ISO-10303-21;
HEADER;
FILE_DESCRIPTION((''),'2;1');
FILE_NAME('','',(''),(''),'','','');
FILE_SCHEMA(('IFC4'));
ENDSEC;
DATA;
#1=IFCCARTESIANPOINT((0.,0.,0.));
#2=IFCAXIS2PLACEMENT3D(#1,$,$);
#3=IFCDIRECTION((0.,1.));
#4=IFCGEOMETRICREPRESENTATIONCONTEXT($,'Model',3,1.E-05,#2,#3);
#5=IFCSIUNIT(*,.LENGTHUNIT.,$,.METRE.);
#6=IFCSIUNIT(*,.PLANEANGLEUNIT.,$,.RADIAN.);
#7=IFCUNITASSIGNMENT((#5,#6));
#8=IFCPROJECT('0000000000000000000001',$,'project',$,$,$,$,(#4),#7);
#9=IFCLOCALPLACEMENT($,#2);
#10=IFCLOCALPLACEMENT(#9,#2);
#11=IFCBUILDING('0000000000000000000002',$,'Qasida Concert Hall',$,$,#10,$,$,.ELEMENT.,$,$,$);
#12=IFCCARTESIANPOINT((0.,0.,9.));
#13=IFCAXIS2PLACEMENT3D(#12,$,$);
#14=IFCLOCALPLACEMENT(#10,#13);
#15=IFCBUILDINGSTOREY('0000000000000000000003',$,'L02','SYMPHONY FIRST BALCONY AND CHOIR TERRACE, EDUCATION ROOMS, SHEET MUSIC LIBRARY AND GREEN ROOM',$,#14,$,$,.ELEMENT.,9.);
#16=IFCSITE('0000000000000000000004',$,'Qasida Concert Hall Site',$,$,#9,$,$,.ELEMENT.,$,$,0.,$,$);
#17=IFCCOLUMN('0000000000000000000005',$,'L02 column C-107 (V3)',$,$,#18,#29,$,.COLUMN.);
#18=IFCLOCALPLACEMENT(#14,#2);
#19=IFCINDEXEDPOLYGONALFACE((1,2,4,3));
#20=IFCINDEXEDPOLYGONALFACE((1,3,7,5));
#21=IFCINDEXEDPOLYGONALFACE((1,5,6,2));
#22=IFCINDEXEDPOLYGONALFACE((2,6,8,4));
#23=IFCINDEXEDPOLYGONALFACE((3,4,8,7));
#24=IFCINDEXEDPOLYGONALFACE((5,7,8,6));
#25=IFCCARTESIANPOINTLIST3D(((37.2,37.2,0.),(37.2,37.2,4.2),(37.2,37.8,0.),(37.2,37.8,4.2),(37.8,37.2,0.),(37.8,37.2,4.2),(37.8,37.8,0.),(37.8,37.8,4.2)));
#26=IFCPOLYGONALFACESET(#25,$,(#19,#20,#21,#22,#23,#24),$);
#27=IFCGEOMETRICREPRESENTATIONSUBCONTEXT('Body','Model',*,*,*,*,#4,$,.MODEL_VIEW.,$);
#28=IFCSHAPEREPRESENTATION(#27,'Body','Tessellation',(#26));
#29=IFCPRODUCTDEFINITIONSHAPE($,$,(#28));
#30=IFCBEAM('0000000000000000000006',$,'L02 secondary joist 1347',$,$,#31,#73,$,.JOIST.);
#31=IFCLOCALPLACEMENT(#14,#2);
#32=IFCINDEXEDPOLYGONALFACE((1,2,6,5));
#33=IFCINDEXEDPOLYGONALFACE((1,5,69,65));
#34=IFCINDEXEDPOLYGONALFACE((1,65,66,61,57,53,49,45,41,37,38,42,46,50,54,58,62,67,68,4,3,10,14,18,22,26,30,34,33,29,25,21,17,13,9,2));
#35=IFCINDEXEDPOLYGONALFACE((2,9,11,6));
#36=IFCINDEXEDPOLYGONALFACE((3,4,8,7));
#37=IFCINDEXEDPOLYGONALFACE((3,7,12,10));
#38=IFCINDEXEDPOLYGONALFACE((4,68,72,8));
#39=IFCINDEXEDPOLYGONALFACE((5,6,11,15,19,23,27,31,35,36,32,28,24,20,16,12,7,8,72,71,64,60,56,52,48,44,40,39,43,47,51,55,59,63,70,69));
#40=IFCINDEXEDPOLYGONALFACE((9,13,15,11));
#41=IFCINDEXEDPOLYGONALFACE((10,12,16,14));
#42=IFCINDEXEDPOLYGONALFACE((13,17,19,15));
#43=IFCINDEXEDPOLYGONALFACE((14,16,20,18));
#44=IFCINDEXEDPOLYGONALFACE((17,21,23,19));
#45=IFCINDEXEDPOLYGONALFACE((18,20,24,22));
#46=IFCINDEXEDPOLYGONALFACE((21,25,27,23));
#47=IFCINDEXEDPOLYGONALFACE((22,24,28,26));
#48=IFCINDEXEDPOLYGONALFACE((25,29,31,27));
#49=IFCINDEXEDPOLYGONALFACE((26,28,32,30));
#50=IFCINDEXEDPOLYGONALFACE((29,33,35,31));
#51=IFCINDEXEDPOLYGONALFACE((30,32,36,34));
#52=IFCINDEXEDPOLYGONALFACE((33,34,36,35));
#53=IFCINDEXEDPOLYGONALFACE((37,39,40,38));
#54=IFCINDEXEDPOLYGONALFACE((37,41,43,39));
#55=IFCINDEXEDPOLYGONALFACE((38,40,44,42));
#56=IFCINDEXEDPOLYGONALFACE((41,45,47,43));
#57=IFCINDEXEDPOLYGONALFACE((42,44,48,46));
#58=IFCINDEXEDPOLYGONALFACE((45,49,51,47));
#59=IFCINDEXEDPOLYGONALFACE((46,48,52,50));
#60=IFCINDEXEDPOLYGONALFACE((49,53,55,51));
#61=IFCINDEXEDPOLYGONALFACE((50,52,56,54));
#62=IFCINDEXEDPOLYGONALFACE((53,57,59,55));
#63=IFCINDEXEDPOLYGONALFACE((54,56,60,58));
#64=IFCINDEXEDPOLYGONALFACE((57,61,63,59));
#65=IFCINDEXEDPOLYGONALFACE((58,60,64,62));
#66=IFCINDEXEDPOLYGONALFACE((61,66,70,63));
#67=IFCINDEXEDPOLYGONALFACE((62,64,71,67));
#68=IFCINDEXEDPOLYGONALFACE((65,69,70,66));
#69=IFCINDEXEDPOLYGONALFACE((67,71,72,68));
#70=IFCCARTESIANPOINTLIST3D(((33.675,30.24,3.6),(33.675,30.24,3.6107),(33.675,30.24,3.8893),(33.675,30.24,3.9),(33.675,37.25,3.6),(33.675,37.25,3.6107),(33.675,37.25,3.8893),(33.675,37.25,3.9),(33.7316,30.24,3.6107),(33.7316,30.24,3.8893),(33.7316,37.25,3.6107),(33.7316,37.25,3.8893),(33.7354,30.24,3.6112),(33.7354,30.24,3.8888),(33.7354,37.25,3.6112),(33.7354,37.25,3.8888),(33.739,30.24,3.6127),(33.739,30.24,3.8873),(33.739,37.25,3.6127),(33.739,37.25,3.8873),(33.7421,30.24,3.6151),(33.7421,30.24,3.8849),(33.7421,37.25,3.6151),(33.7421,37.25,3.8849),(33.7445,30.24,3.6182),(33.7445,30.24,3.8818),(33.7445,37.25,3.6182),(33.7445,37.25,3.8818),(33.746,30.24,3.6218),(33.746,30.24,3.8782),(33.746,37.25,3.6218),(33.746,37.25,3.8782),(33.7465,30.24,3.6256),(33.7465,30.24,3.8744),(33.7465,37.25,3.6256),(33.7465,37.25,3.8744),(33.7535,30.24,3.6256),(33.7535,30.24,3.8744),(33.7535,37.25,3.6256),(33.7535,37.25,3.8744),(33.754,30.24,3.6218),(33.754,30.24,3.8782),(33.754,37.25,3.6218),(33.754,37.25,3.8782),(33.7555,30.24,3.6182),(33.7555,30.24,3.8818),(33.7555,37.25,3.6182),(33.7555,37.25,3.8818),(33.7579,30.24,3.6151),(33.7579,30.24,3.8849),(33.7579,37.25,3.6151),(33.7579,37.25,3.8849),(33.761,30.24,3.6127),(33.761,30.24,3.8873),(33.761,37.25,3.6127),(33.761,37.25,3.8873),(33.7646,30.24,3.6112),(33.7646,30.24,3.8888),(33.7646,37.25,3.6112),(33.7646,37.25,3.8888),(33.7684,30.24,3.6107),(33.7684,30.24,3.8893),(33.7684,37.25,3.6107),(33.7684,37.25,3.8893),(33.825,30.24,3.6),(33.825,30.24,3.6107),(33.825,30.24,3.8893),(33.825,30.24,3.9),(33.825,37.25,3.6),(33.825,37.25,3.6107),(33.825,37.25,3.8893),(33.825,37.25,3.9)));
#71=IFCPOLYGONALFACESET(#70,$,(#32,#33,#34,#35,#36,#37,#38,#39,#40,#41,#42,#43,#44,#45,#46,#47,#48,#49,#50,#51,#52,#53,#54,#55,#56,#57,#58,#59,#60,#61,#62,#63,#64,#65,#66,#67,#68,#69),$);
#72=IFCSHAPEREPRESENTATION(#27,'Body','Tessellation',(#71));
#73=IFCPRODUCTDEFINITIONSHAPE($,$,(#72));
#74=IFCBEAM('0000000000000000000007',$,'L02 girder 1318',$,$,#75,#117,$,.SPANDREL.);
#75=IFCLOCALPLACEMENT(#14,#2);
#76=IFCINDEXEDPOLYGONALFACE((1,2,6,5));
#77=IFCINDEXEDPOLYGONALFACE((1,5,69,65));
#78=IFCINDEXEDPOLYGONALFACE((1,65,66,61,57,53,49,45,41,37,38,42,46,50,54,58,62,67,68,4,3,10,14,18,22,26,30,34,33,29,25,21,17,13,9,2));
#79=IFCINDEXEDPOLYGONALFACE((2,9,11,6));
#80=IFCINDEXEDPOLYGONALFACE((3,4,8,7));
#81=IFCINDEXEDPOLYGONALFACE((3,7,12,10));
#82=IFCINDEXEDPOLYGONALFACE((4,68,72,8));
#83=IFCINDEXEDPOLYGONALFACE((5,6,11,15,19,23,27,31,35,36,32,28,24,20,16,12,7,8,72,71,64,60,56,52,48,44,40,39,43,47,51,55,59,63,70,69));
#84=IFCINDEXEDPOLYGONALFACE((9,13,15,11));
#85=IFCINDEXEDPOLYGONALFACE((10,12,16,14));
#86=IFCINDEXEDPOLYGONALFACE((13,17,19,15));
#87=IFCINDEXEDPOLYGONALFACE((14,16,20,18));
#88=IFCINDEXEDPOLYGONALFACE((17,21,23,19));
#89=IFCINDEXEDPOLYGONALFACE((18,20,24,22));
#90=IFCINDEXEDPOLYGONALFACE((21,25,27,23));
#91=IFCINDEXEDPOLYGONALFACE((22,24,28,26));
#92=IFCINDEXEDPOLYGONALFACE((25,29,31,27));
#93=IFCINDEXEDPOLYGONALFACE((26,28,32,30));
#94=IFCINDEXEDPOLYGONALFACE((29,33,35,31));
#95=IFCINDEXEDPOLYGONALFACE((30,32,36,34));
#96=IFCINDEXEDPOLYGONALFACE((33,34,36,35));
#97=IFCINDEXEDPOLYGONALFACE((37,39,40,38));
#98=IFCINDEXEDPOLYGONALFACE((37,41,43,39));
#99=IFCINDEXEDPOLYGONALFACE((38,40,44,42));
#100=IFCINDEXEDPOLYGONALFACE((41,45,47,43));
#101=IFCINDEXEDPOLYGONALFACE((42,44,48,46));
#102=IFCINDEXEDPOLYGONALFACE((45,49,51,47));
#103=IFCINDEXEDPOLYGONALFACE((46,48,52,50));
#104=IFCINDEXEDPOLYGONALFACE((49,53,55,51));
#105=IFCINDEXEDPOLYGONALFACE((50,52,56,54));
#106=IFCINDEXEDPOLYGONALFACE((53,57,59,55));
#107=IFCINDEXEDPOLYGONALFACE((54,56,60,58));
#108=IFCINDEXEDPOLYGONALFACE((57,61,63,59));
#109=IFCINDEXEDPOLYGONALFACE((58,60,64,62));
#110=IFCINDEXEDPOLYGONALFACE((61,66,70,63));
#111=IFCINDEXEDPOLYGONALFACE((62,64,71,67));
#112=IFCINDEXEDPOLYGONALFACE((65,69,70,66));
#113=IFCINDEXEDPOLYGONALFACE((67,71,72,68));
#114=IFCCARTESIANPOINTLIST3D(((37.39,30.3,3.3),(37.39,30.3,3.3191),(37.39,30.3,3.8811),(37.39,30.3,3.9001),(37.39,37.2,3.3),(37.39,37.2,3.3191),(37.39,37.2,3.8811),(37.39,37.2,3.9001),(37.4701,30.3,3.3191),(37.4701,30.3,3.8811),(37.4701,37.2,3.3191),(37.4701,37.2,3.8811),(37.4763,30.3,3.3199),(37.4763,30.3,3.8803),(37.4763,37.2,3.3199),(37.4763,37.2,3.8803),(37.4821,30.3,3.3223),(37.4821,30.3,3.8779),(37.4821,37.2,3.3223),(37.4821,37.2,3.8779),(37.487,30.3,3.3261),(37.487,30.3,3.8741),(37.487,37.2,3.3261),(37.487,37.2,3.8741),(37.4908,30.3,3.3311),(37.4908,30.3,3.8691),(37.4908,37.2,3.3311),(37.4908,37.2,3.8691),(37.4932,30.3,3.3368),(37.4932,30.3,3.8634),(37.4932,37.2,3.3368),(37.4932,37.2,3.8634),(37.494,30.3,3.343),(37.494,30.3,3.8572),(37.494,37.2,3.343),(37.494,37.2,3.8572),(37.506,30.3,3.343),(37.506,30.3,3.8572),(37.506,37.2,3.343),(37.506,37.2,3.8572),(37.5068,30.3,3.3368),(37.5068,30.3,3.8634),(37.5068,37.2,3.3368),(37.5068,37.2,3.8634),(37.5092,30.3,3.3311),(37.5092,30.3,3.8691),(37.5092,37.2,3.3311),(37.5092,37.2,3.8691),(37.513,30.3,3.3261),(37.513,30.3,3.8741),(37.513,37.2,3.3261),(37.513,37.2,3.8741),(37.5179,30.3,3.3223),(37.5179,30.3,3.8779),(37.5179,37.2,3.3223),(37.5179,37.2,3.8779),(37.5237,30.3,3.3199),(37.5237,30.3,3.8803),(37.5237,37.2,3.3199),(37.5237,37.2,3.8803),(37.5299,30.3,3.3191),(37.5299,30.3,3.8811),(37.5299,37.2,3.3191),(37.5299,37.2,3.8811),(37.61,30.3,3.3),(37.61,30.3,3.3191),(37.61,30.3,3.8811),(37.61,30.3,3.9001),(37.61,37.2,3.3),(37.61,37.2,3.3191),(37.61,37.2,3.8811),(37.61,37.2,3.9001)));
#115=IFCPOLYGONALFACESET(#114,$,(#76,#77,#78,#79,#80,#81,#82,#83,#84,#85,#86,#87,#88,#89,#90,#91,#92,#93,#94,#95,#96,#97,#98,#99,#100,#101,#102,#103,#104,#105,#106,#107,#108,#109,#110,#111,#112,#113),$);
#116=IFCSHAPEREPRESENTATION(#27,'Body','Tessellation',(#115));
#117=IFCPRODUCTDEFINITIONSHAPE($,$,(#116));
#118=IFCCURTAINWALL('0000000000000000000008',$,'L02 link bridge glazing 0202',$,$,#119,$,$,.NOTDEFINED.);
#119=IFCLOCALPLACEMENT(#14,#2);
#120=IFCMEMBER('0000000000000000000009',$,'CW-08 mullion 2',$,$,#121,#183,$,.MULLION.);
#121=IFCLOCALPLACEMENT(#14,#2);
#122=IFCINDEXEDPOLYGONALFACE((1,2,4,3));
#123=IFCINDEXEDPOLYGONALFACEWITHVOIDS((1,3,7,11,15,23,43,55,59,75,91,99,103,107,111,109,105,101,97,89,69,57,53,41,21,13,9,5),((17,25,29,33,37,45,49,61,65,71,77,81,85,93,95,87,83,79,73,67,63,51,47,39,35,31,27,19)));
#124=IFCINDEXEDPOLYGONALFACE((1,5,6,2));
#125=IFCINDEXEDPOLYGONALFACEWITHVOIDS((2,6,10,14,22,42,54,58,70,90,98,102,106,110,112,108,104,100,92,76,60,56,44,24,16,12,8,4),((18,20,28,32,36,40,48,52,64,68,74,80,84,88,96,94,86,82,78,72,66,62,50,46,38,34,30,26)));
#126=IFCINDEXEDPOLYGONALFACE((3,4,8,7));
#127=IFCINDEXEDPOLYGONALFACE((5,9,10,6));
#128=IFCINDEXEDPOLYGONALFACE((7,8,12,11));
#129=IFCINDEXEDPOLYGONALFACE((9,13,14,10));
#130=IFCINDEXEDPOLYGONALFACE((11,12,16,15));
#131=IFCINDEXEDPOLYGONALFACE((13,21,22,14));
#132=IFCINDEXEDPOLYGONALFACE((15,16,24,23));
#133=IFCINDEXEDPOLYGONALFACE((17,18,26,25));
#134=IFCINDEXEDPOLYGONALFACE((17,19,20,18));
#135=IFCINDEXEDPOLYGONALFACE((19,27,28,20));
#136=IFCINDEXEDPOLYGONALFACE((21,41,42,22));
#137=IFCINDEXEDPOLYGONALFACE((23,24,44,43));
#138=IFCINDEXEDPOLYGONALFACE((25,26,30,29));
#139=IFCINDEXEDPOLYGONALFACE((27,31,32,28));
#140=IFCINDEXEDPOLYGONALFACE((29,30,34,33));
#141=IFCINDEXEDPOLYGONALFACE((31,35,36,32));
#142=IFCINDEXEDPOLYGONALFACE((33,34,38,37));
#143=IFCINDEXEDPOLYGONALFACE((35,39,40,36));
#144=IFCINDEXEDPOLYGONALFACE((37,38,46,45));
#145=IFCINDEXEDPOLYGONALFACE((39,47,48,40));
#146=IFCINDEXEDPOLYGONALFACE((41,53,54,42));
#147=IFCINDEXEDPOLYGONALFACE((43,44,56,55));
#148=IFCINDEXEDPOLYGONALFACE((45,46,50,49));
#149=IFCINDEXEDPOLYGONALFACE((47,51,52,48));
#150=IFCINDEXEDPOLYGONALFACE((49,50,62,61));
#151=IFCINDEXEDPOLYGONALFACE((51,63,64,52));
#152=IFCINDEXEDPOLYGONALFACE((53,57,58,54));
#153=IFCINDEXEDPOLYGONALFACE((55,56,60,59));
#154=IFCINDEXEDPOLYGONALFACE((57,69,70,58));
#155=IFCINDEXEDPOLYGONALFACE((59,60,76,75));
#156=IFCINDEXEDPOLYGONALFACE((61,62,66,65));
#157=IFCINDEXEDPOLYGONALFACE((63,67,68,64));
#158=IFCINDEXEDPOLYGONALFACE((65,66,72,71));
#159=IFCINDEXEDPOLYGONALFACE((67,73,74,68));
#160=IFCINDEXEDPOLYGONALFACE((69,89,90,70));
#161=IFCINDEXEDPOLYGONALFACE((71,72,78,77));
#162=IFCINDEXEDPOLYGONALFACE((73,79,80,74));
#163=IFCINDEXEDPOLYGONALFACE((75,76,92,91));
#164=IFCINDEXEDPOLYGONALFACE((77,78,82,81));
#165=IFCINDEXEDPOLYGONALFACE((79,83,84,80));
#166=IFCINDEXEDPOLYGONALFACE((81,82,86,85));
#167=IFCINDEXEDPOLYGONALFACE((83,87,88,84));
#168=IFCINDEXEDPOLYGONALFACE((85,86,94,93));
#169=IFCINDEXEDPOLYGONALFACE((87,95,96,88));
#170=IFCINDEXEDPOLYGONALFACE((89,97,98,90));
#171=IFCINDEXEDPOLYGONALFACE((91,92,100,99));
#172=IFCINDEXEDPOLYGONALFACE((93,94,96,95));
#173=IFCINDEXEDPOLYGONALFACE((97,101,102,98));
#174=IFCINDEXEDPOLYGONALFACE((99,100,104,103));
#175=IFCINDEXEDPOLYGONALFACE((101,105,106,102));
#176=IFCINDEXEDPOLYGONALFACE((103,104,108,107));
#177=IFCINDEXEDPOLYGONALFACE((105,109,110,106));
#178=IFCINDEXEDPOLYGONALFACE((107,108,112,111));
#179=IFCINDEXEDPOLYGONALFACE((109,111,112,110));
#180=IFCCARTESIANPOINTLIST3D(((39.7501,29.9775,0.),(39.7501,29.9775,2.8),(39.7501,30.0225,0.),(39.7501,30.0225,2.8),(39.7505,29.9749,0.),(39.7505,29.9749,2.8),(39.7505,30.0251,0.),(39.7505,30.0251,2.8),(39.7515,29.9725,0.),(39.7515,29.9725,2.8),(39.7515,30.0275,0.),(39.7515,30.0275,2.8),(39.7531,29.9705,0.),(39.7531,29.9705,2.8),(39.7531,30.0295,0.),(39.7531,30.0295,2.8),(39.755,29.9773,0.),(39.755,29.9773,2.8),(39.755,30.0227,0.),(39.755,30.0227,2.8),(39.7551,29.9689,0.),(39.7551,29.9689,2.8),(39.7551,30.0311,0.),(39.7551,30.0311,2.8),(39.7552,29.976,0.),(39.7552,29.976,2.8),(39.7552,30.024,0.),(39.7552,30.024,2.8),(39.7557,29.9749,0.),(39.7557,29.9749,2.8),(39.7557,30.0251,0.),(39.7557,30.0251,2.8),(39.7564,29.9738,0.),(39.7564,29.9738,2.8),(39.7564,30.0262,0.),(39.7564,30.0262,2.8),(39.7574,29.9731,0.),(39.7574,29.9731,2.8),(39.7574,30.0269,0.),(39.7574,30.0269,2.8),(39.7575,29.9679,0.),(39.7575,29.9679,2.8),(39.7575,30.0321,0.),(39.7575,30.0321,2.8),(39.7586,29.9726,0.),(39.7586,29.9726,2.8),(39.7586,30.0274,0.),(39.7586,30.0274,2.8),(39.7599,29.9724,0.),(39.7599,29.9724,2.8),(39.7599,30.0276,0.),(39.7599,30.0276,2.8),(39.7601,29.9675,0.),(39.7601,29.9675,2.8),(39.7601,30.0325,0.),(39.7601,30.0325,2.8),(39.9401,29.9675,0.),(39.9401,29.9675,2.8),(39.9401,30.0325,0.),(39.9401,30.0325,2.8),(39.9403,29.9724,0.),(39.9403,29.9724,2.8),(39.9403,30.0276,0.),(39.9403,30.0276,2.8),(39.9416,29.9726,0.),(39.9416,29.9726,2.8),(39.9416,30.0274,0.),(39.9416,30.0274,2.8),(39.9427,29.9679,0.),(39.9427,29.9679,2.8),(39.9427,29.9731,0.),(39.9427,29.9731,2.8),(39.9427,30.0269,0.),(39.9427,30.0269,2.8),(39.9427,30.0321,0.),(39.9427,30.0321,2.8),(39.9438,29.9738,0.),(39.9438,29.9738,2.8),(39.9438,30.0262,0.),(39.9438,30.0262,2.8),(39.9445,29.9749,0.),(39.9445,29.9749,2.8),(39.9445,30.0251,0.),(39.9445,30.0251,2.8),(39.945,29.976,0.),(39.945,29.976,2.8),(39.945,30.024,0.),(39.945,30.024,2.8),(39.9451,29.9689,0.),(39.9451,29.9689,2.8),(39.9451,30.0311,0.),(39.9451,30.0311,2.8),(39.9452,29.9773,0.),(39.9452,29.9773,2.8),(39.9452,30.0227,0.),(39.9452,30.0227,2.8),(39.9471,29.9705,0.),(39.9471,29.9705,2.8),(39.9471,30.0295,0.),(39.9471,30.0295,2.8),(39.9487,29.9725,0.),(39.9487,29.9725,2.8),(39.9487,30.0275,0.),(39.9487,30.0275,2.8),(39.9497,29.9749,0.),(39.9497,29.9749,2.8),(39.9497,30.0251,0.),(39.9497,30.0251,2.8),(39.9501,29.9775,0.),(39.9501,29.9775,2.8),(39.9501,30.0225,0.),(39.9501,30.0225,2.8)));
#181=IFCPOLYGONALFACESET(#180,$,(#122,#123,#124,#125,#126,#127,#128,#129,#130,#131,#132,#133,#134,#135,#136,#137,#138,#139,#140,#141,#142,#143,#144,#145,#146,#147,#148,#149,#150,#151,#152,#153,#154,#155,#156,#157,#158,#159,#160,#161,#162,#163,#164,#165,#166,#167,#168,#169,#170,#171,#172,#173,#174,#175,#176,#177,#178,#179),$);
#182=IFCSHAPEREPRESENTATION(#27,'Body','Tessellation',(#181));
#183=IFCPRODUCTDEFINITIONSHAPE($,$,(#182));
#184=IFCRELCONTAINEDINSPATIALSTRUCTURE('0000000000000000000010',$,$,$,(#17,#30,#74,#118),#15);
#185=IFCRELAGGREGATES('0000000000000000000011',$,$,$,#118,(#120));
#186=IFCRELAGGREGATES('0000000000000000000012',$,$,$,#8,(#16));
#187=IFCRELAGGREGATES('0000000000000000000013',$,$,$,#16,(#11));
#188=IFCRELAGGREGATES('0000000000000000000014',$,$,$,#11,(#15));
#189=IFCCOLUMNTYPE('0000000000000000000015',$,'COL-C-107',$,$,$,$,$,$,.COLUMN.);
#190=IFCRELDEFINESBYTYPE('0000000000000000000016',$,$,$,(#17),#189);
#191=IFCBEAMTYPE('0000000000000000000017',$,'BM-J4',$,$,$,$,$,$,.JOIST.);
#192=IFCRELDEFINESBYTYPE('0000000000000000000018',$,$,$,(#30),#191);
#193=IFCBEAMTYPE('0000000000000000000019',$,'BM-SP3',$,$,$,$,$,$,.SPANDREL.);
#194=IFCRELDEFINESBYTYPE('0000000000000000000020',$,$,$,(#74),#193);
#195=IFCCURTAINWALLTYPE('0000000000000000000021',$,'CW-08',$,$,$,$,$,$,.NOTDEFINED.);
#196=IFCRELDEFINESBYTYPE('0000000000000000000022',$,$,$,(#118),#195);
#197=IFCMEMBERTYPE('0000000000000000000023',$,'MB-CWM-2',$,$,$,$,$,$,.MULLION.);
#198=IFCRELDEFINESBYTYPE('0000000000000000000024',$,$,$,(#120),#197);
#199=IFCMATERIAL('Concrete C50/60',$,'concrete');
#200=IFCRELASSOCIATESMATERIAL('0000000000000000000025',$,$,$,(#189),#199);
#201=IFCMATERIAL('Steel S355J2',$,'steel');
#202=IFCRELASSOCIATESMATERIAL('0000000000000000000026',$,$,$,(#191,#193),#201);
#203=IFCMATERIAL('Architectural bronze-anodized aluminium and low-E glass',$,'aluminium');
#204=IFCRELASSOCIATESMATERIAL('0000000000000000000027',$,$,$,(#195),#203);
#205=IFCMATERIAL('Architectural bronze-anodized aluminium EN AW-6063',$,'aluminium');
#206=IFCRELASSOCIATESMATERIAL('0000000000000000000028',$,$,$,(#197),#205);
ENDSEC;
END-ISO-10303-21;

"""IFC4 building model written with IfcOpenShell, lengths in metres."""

from ifc_helpers import new_model, si_unit, direction, frame, origin, origin_2d, place, context, subcontext, project, spatial, rectangle, hollow_rectangle, i_section, extrude, material, material_profile, profile_set, type_object, element, aggregate, save


model = new_model("IFC4")

# Units and contexts
model_context = context("Model", 3, precision=1e-05, world=origin(), true_north=direction((0.0, 1.0)))
body_context = subcontext(model_context, "Body", "Model", "MODEL_VIEW")
ifc_project = project(units=[si_unit("LENGTHUNIT", "METRE"), si_unit("PLANEANGLEUNIT", "RADIAN")], contexts=[model_context])

# Site, building, storey
site_placement = place(None, origin())
site = spatial("IfcSite", under=ifc_project, at=site_placement, Name="Qasida Concert Hall Site", CompositionType="ELEMENT", RefElevation=0.0)
building_placement = place(site_placement, origin())
building = spatial("IfcBuilding", under=site, at=building_placement, Name="Qasida Concert Hall", CompositionType="ELEMENT")
storey_placement = place(building_placement, frame((0.0, 0.0, 9.0)))
storey = spatial("IfcBuildingStorey", under=building, at=storey_placement, Name="L02", Description="SYMPHONY FIRST BALCONY AND CHOIR TERRACE, EDUCATION ROOMS, SHEET MUSIC LIBRARY AND GREEN ROOM", CompositionType="ELEMENT", Elevation=9.0)

# Column
ifc_material_1 = material(Name="Concrete C50/60", Category="concrete")
ifc_material_profile_1 = material_profile(ifc_material_1, rectangle(XDim=0.6001, YDim=0.6001, at=origin_2d()), Name="RC 600x600")
ifc_profile_set_1 = profile_set([ifc_material_profile_1], Name="Concrete C50/60")
column_type = type_object("IfcColumnType", Name="COL-C-107", PredefinedType="COLUMN", material=ifc_profile_set_1)
column_placement = place(storey_placement, frame((37.5, 37.5, 0.0), z_axis=(0.0, 0.0, 1.0), x_axis=(1.0, 0.0, 0.0)))
element("IfcColumn", 1, at=column_placement, inside=storey, type_object=column_type, Name="L02 column C-107 (V3)", PredefinedType="COLUMN", context=body_context, shape_type="SweptSolid", body=[
    extrude(rectangle(XDim=0.6001, YDim=0.6001, at=origin_2d()), origin(), (0.0, 0.0, 1.0), 4.2),
])

# Beams
ifc_material_2 = material(Name="Steel S355J2", Category="steel")
ifc_material_profile_2 = material_profile(ifc_material_2, i_section(OverallWidth=0.1499, OverallDepth=0.3, WebThickness=0.0071, FlangeThickness=0.0107, FilletRadius=0.0149, at=origin_2d()), Name="IPE 300")
ifc_profile_set_2 = profile_set([ifc_material_profile_2], Name="Steel S355J2")
beam_type_1 = type_object("IfcBeamType", Name="BM-J4", PredefinedType="JOIST", material=ifc_profile_set_2)
beam_1_placement = place(storey_placement, frame((33.75, 30.24, 3.75), z_axis=(0.0, 1.0, 0.0), x_axis=(-1.0, 0.0, 0.0)))
element("IfcBeam", 2, at=beam_1_placement, inside=storey, type_object=beam_type_1, Name="L02 secondary joist 1347", PredefinedType="JOIST", context=body_context, shape_type="SweptSolid", body=[
    extrude(i_section(OverallWidth=0.1499, OverallDepth=0.3, WebThickness=0.0071, FlangeThickness=0.0107, FilletRadius=0.0149, at=origin_2d()), origin(), (0.0, 0.0, 1.0), 7.01),
])
ifc_material_profile_3 = material_profile(ifc_material_2, i_section(OverallWidth=0.22, OverallDepth=0.6001, WebThickness=0.012, FlangeThickness=0.019, FilletRadius=0.0239, at=origin_2d()), Name="IPE 600")
ifc_profile_set_3 = profile_set([ifc_material_profile_3], Name="Steel S355J2")
beam_type_2 = type_object("IfcBeamType", Name="BM-SP3", PredefinedType="SPANDREL", material=ifc_profile_set_3)
beam_2_placement = place(storey_placement, frame((37.5, 30.3, 3.6001), z_axis=(0.0, 1.0, 0.0), x_axis=(-1.0, 0.0, 0.0)))
element("IfcBeam", 3, at=beam_2_placement, inside=storey, type_object=beam_type_2, Name="L02 girder 1318", PredefinedType="SPANDREL", context=body_context, shape_type="SweptSolid", body=[
    extrude(i_section(OverallWidth=0.22, OverallDepth=0.6001, WebThickness=0.012, FlangeThickness=0.019, FilletRadius=0.0239, at=origin_2d()), origin(), (0.0, 0.0, 1.0), 6.8999),
])

# Curtain wall, member
ifc_material_3 = material(Name="Architectural bronze-anodized aluminium and low-E glass", Category="aluminium")
curtain_wall_type = type_object("IfcCurtainWallType", Name="CW-08", PredefinedType="NOTDEFINED", material=ifc_material_3)
curtain_wall_1_placement = place(storey_placement, origin())
curtain_wall_1 = element("IfcCurtainWall", 4, at=curtain_wall_1_placement, inside=storey, type_object=curtain_wall_type, Name="L02 link bridge glazing 0202", PredefinedType="NOTDEFINED")
ifc_material_4 = material(Name="Architectural bronze-anodized aluminium EN AW-6063", Category="aluminium")
ifc_material_profile_4 = material_profile(ifc_material_4, hollow_rectangle(XDim=0.0649, YDim=0.2, WallThickness=0.0049, InnerFilletRadius=0.0049, OuterFilletRadius=0.01, at=origin_2d()), Name="CWM 200x65x5")
ifc_profile_set_4 = profile_set([ifc_material_profile_4], Name="Architectural bronze-anodized aluminium EN AW-6063")
member_type_1 = type_object("IfcMemberType", Name="MB-CWM-2", PredefinedType="MULLION", material=ifc_profile_set_4)
member_1_placement = place(storey_placement, frame((39.8501, 30.0, 0.0), z_axis=(0.0, 0.0, 1.0), x_axis=(0.0, 1.0, 0.0)))
member_1 = element("IfcMember", 5, at=member_1_placement, type_object=member_type_1, Name="CW-08 mullion 2", PredefinedType="MULLION", context=body_context, shape_type="SweptSolid", body=[
    extrude(hollow_rectangle(XDim=0.0649, YDim=0.2, WallThickness=0.0049, InnerFilletRadius=0.0049, OuterFilletRadius=0.01, at=origin_2d()), origin(), (0.0, 0.0, 1.0), 2.8),
])

aggregate(curtain_wall_1, [member_1])

save(model, "model.ifc")
